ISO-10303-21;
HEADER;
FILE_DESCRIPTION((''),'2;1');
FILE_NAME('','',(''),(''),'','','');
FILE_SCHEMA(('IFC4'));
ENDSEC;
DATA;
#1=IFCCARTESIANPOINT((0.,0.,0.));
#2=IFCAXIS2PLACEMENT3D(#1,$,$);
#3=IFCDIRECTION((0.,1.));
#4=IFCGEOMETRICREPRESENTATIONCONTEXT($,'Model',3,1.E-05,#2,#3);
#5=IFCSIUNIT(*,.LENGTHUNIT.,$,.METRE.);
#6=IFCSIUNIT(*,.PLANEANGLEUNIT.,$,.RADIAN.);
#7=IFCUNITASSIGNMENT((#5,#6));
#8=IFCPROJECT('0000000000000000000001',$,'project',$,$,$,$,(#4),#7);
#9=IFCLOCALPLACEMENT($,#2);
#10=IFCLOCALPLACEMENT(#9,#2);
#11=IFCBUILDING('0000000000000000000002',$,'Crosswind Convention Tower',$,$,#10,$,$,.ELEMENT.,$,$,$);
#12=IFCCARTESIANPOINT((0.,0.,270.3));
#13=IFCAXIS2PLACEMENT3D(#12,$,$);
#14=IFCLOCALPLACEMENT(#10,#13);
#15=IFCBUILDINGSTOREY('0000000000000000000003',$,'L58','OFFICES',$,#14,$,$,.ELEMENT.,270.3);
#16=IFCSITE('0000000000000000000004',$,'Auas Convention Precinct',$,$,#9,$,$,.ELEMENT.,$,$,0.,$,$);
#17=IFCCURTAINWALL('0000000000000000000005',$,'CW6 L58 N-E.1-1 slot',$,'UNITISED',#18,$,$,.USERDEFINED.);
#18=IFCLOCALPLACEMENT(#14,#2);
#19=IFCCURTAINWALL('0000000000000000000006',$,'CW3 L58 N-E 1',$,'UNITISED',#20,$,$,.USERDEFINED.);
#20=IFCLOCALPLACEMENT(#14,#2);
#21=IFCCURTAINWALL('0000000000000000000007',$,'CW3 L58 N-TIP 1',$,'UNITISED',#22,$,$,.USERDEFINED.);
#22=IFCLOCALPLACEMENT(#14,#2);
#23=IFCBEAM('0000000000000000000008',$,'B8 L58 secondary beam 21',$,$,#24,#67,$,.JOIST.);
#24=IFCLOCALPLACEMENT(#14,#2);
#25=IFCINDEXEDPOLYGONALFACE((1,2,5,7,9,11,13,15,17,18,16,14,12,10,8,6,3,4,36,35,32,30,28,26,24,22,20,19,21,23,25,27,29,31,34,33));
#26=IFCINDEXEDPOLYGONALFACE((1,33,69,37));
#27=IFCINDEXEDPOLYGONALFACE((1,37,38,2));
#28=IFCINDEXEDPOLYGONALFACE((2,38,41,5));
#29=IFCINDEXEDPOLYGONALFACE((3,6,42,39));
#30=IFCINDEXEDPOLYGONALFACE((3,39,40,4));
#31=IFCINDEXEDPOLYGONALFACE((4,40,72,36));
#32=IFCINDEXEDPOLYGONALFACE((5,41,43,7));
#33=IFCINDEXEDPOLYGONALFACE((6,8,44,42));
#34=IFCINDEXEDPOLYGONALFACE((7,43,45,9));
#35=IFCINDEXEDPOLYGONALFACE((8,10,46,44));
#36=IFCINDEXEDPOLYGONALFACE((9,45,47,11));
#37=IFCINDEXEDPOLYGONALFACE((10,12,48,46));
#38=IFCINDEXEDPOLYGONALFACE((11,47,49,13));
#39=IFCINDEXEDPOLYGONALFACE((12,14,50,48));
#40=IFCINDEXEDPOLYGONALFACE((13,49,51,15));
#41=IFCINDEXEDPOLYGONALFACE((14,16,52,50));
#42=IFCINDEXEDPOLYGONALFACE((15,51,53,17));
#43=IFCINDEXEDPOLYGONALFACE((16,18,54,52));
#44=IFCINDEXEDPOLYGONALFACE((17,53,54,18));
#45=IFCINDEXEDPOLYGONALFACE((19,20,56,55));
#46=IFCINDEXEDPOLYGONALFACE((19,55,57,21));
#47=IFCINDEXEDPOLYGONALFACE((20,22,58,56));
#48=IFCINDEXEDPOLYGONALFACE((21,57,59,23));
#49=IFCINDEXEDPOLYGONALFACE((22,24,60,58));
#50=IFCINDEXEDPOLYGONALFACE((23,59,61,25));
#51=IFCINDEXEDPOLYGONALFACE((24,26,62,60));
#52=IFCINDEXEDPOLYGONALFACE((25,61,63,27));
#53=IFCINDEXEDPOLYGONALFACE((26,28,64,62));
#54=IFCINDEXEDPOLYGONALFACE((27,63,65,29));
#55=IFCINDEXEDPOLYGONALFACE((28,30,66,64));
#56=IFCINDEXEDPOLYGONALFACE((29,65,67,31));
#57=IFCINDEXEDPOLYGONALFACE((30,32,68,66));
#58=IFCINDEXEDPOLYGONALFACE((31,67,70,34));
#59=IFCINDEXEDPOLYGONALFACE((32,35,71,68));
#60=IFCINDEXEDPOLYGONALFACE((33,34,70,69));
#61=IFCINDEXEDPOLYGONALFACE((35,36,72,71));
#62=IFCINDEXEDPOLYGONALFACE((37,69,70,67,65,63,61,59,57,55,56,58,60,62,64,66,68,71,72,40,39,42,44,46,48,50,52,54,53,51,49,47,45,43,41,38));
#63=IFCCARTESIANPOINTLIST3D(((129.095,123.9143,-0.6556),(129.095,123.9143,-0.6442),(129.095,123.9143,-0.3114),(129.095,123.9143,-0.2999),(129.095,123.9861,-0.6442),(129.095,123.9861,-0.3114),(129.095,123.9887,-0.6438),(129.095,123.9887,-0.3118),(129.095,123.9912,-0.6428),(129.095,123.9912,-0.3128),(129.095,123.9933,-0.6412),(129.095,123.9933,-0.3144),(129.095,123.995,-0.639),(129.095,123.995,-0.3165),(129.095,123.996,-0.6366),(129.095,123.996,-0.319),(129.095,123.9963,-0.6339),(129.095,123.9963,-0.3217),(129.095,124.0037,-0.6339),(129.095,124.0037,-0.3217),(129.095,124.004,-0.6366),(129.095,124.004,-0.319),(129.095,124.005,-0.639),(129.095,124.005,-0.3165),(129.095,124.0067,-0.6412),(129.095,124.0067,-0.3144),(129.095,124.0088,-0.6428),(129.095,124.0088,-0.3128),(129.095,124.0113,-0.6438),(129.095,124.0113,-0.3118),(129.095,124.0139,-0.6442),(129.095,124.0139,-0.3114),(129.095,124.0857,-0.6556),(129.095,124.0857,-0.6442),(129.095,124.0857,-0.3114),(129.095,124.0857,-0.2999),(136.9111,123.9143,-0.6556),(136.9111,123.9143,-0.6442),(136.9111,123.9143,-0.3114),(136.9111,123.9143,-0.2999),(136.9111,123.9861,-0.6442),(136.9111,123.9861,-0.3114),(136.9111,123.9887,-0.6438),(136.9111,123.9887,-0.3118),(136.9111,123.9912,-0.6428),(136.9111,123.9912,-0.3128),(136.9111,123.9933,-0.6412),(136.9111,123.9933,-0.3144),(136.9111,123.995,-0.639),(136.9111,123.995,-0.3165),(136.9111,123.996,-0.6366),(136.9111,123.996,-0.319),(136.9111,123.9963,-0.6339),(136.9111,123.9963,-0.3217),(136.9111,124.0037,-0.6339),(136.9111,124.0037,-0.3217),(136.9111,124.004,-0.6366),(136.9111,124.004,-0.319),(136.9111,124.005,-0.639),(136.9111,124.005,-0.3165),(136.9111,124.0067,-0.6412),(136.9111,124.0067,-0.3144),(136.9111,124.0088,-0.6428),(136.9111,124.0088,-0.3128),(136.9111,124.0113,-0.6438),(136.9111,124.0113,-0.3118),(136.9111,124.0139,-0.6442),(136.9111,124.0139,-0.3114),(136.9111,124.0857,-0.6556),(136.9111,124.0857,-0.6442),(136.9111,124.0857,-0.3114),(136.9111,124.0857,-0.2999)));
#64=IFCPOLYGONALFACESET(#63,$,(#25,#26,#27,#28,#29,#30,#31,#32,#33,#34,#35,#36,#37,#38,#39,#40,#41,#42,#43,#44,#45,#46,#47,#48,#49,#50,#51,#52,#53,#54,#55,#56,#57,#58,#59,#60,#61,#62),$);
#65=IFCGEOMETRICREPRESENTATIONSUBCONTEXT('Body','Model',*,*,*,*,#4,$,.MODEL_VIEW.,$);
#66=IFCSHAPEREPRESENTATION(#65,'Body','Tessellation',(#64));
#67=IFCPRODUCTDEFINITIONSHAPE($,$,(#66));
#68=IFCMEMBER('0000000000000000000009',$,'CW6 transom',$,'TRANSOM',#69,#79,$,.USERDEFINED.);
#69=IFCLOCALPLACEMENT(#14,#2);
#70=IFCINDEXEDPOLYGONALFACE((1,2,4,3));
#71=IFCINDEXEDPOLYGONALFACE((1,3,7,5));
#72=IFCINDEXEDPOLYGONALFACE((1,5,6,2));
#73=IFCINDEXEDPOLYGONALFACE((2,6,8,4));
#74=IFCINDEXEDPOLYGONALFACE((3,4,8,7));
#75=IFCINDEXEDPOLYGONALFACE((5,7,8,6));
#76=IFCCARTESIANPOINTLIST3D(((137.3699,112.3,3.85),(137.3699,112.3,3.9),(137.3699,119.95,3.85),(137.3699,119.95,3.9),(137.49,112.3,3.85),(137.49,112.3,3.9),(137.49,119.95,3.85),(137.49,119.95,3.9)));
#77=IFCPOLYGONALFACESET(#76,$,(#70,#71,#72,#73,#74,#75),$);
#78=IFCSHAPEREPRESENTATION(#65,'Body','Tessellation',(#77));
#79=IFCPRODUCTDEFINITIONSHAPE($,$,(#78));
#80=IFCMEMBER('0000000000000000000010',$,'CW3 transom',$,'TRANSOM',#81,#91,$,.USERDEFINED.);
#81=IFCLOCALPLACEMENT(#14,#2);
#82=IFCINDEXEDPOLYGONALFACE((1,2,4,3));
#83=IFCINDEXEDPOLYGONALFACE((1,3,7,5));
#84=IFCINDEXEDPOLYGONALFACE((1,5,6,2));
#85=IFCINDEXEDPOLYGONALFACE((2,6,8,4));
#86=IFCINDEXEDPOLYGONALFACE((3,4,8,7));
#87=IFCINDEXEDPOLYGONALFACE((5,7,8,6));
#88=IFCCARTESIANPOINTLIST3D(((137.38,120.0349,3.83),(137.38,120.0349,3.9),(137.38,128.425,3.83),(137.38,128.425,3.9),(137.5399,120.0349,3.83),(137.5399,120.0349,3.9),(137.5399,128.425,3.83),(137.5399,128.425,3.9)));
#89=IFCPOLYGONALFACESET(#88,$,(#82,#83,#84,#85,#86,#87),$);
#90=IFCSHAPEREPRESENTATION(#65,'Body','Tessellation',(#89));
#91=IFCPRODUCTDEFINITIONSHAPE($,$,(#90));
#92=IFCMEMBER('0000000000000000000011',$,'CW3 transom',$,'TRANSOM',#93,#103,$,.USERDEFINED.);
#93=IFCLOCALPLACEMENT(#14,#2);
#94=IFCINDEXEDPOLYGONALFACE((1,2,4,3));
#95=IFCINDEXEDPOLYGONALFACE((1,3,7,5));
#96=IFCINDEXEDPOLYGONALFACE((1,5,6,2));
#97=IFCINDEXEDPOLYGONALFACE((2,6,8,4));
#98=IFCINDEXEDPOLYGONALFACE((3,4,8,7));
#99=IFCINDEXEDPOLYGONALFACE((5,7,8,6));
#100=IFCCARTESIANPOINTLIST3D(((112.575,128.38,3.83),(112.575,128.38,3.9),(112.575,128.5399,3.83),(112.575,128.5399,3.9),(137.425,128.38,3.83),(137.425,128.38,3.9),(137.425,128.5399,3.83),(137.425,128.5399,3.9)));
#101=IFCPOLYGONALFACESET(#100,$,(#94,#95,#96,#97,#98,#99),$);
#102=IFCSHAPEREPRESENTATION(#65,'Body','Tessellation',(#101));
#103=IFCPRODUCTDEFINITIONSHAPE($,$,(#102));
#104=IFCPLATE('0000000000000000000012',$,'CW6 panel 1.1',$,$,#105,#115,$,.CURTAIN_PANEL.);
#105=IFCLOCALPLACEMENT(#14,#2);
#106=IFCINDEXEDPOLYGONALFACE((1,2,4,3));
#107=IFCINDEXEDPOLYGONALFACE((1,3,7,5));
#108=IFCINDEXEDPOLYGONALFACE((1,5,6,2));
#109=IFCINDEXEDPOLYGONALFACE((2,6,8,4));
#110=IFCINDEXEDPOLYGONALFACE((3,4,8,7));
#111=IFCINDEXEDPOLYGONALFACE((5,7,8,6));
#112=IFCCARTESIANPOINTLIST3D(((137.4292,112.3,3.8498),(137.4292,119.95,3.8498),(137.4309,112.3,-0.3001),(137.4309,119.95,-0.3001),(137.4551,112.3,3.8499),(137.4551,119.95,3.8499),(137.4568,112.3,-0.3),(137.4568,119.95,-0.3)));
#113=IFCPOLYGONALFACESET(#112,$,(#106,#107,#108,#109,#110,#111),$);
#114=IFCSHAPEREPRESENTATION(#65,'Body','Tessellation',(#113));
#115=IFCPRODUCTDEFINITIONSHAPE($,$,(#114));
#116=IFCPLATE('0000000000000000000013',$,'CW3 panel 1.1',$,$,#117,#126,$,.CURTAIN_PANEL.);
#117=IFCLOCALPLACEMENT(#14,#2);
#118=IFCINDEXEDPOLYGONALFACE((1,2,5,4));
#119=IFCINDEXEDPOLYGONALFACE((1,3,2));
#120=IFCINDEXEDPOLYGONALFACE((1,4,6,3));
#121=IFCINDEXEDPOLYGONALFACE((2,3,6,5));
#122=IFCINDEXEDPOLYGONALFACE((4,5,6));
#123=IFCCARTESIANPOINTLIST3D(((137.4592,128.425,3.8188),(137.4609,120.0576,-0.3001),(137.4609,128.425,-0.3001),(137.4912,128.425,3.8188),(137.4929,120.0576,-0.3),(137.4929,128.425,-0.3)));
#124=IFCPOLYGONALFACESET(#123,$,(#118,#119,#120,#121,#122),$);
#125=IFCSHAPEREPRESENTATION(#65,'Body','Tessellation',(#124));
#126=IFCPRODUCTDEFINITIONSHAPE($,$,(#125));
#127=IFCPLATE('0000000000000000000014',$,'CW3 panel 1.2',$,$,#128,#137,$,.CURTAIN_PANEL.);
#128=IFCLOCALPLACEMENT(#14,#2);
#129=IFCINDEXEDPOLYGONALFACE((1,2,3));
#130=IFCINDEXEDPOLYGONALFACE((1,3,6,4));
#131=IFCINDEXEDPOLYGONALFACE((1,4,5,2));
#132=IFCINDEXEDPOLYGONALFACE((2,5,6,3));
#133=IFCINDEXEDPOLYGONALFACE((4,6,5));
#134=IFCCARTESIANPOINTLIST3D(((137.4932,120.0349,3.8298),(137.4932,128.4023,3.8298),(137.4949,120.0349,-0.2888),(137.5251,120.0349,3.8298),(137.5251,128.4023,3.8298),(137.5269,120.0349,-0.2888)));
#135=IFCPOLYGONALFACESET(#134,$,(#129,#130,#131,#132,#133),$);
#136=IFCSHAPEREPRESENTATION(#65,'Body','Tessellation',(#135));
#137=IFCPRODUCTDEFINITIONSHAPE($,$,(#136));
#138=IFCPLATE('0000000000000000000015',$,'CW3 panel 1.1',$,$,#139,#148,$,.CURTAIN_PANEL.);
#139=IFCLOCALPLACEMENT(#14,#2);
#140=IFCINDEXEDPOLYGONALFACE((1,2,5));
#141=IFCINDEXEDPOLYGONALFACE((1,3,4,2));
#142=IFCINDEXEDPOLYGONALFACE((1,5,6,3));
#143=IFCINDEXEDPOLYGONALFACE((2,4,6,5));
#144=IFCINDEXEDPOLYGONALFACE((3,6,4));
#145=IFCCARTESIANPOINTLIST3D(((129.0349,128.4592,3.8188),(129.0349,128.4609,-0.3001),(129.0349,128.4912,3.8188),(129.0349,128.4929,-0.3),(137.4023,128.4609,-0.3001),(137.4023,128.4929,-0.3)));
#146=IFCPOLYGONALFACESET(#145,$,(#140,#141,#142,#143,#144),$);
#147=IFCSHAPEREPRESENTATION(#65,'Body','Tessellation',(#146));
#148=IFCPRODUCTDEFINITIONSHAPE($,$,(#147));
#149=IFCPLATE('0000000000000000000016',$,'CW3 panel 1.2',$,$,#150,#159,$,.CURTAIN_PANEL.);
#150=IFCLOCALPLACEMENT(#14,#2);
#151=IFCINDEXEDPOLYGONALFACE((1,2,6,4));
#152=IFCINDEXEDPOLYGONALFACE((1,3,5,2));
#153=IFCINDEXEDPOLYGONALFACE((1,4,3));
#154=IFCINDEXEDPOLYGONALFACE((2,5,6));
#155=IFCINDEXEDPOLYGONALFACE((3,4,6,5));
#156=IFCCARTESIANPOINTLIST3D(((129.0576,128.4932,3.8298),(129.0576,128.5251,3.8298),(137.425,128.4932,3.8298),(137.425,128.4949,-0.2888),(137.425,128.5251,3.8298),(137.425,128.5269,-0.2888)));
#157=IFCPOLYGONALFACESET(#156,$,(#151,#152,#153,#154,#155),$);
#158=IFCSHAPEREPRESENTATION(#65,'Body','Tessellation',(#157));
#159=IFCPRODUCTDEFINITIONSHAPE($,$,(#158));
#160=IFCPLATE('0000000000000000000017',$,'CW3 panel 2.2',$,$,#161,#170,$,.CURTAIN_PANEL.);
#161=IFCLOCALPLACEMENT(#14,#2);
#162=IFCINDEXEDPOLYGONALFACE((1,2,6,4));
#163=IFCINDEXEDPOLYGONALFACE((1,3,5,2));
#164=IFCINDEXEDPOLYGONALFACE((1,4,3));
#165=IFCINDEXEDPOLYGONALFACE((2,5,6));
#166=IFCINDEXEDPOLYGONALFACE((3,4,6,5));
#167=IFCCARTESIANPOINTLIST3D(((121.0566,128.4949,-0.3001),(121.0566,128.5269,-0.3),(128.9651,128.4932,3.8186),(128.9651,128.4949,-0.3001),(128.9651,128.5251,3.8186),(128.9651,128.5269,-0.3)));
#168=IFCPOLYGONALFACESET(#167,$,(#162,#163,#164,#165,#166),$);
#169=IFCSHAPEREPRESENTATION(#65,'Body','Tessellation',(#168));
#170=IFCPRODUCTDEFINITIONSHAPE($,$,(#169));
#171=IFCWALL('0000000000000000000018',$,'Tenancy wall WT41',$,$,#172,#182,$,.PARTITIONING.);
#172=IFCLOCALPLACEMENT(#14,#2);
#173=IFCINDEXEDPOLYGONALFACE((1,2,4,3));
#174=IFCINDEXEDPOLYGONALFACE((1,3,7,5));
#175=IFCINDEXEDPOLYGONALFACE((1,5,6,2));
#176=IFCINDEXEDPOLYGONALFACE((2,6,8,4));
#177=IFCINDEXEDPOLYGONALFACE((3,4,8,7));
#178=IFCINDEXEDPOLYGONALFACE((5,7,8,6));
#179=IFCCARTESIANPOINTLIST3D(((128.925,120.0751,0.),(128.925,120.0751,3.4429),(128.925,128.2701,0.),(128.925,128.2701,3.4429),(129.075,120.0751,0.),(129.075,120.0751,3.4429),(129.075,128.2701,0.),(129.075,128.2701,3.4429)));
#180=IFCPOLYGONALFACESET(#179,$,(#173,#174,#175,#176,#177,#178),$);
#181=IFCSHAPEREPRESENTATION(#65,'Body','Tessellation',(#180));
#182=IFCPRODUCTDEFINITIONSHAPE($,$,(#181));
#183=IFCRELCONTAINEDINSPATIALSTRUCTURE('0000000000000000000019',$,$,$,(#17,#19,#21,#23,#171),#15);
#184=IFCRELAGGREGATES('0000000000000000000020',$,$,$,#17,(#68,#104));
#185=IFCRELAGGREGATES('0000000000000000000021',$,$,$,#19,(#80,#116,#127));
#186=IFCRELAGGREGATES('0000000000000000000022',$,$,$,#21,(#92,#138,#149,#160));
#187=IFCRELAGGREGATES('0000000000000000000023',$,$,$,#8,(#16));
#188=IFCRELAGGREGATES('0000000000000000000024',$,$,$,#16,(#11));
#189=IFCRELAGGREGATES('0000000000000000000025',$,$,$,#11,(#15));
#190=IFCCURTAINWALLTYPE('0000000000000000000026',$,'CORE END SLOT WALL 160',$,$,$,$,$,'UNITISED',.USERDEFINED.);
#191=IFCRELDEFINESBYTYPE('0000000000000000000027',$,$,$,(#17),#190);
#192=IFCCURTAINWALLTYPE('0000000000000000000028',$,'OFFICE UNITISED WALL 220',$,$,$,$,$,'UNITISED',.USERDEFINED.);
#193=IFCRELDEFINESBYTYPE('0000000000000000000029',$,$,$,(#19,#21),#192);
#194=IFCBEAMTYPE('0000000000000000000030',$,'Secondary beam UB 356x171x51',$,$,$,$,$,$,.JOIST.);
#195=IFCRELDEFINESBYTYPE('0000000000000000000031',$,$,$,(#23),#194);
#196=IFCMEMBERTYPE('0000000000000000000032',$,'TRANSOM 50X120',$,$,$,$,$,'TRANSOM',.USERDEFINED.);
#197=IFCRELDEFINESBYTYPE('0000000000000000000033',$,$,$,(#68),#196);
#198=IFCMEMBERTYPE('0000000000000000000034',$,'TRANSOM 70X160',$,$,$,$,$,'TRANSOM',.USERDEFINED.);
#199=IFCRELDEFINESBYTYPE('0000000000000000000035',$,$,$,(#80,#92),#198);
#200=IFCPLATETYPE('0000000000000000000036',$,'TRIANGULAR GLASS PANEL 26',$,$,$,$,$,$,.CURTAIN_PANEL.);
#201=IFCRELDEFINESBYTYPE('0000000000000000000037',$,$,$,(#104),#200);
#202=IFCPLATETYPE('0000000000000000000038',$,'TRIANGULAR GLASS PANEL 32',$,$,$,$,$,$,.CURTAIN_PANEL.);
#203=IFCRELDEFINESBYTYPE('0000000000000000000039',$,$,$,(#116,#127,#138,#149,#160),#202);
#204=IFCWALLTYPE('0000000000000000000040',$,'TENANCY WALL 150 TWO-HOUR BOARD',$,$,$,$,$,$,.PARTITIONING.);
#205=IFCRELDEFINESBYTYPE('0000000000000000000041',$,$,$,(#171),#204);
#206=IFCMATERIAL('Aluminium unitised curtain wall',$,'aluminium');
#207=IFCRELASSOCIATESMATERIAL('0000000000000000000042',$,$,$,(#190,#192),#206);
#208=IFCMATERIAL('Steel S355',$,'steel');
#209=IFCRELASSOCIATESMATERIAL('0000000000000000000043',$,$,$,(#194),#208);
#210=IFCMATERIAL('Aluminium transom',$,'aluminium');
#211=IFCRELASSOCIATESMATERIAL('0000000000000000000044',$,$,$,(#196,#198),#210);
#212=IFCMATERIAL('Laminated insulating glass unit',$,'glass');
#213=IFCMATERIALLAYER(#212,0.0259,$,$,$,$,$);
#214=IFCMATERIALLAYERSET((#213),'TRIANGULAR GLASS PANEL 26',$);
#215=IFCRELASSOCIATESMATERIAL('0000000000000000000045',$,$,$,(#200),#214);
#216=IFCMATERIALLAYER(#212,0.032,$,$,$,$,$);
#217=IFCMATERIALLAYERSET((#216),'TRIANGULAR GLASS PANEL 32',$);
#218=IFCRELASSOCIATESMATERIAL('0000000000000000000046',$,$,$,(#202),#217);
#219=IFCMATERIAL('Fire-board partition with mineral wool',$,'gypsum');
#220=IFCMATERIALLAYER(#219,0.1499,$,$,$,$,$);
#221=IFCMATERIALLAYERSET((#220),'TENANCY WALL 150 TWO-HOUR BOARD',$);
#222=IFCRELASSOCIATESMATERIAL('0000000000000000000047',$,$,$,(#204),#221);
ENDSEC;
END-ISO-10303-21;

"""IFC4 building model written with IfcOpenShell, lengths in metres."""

from ifc_helpers import new_model, si_unit, direction, frame, frame_2d, origin, origin_2d, place, context, subcontext, project, spatial, polyline, rectangle, i_section, outline, extrude, material, layer, layer_set, material_profile, profile_set, type_object, element, aggregate, save


model = new_model("IFC4")

# Units and contexts
model_context = context("Model", 3, precision=1e-05, world=origin(), true_north=direction((0.0, 1.0)))
body_context = subcontext(model_context, "Body", "Model", "MODEL_VIEW")
ifc_project = project(units=[si_unit("LENGTHUNIT", "METRE"), si_unit("PLANEANGLEUNIT", "RADIAN")], contexts=[model_context])

# Site, building, storey
site_placement = place(None, origin())
site = spatial("IfcSite", under=ifc_project, at=site_placement, Name="Auas Convention Precinct", CompositionType="ELEMENT", RefElevation=0.0)
building_placement = place(site_placement, origin())
building = spatial("IfcBuilding", under=site, at=building_placement, Name="Crosswind Convention Tower", CompositionType="ELEMENT")
storey_placement = place(building_placement, frame((0.0, 0.0, 270.3)))
storey = spatial("IfcBuildingStorey", under=building, at=storey_placement, Name="L58", Description="OFFICES", CompositionType="ELEMENT", Elevation=270.3)

# Shared definitions
ifc_material_1 = material(Name="Steel S355", Category="steel")

# Curtain walls
ifc_material_2 = material(Name="Aluminium unitised curtain wall", Category="aluminium")
curtain_wall_type_1 = type_object("IfcCurtainWallType", Name="CORE END SLOT WALL 160", ElementType="UNITISED", PredefinedType="USERDEFINED", material=ifc_material_2)
curtain_wall_1_placement = place(storey_placement, origin())
curtain_wall_1 = element("IfcCurtainWall", 1, at=curtain_wall_1_placement, inside=storey, type_object=curtain_wall_type_1, Name="CW6 L58 N-E.1-1 slot", ObjectType="UNITISED", PredefinedType="USERDEFINED")
curtain_wall_type_2 = type_object("IfcCurtainWallType", Name="OFFICE UNITISED WALL 220", ElementType="UNITISED", PredefinedType="USERDEFINED", material=ifc_material_2)
curtain_wall_2_placement = place(storey_placement, origin())
curtain_wall_2 = element("IfcCurtainWall", 2, at=curtain_wall_2_placement, inside=storey, type_object=curtain_wall_type_2, Name="CW3 L58 N-E 1", ObjectType="UNITISED", PredefinedType="USERDEFINED")

# Curtain wall
curtain_wall_3_placement = place(storey_placement, origin())
curtain_wall_3 = element("IfcCurtainWall", 3, at=curtain_wall_3_placement, inside=storey, type_object=curtain_wall_type_2, Name="CW3 L58 N-TIP 1", ObjectType="UNITISED", PredefinedType="USERDEFINED")

# Beam
ifc_material_profile_1 = material_profile(ifc_material_1, i_section(OverallWidth=0.1714, OverallDepth=0.3557, WebThickness=0.0073, FlangeThickness=0.0115, FilletRadius=0.0103, at=origin_2d()), Name="UB 356x171x51")
ifc_profile_set_1 = profile_set([ifc_material_profile_1], Name="Steel S355")
beam_type_1 = type_object("IfcBeamType", Name="Secondary beam UB 356x171x51", PredefinedType="JOIST", material=ifc_profile_set_1)
for number, where, z_axis, x_axis, name in (
    (4, (129.095, 124.0, -0.4778), (1.0, 0.0, 0.0), (0.0, 1.0, 0.0), "B8 L58 secondary beam 21"),
):
    element("IfcBeam", number, at=place(storey_placement, frame(where, z_axis=z_axis, x_axis=x_axis)), inside=storey, type_object=beam_type_1, Name=name, PredefinedType="JOIST", context=body_context, shape_type="SweptSolid", body=[
        extrude(i_section(OverallWidth=0.1714, OverallDepth=0.3557, WebThickness=0.0073, FlangeThickness=0.0115, FilletRadius=0.0103, at=origin_2d()), origin(), (0.0, 0.0, 1.0), 7.8162),
    ])

# Members
ifc_material_3 = material(Name="Aluminium transom", Category="aluminium")
ifc_material_profile_2 = material_profile(ifc_material_3, rectangle(XDim=0.1201, YDim=0.05, at=origin_2d()), Name="AL 120X50")
ifc_profile_set_2 = profile_set([ifc_material_profile_2], Name="Aluminium transom")
member_type_1 = type_object("IfcMemberType", Name="TRANSOM 50X120", ElementType="TRANSOM", PredefinedType="USERDEFINED", material=ifc_profile_set_2)
member_1_placement = place(storey_placement, frame((137.4299, 112.3, 3.875), z_axis=(0.0, 1.0, 0.0), x_axis=(-1.0, 0.0, 0.0)))
member_1 = element("IfcMember", 5, at=member_1_placement, type_object=member_type_1, Name="CW6 transom", ObjectType="TRANSOM", PredefinedType="USERDEFINED", context=body_context, shape_type="SweptSolid", body=[
    extrude(rectangle(XDim=0.1201, YDim=0.05, at=origin_2d()), origin(), (0.0, 0.0, 1.0), 7.6499),
])
ifc_material_profile_3 = material_profile(ifc_material_3, rectangle(XDim=0.1599, YDim=0.0701, at=origin_2d()), Name="AL 160X70")
ifc_profile_set_3 = profile_set([ifc_material_profile_3], Name="Aluminium transom")
member_type_2 = type_object("IfcMemberType", Name="TRANSOM 70X160", ElementType="TRANSOM", PredefinedType="USERDEFINED", material=ifc_profile_set_3)
member_2_placement = place(storey_placement, frame((137.46, 120.0349, 3.865), z_axis=(0.0, 1.0, 0.0), x_axis=(-1.0, 0.0, 0.0)))
member_2 = element("IfcMember", 6, at=member_2_placement, type_object=member_type_2, Name="CW3 transom", ObjectType="TRANSOM", PredefinedType="USERDEFINED", context=body_context, shape_type="SweptSolid", body=[
    extrude(rectangle(XDim=0.1599, YDim=0.0701, at=origin_2d()), origin(), (0.0, 0.0, 1.0), 8.3901),
])
member_3_placement = place(storey_placement, frame((137.425, 128.46, 3.865), z_axis=(-1.0, 0.0, 0.0), x_axis=(0.0, -1.0, 0.0)))
member_3 = element("IfcMember", 7, at=member_3_placement, type_object=member_type_2, Name="CW3 transom", ObjectType="TRANSOM", PredefinedType="USERDEFINED", context=body_context, shape_type="SweptSolid", body=[
    extrude(rectangle(XDim=0.1599, YDim=0.0701, at=origin_2d()), origin(), (0.0, 0.0, 1.0), 24.8501),
])

# Plates
ifc_material_4 = material(Name="Laminated insulating glass unit", Category="glass")
ifc_layer_1 = layer(ifc_material_4, 0.0259)
ifc_layer_set_1 = layer_set([ifc_layer_1], Name="TRIANGULAR GLASS PANEL 26")
plate_type_1 = type_object("IfcPlateType", Name="TRIANGULAR GLASS PANEL 26", PredefinedType="CURTAIN_PANEL", material=ifc_layer_set_1)
plate_1_placement = place(storey_placement, frame((137.4568, 112.3, -0.3), z_axis=(1.0, 0.0, 0.000412), x_axis=(0.0, 1.0, 0.0)))
plate_1 = element("IfcPlate", 8, at=plate_1_placement, type_object=plate_type_1, Name="CW6 panel 1.1", PredefinedType="CURTAIN_PANEL", context=body_context, shape_type="SweptSolid", body=[
    extrude(outline(polyline([(0.0, 0.0), (7.6499, 0.0), (7.6499, 4.1499), (0.0, 4.1499), (0.0, 0.0)])), origin(), (0.0, 0.0, -1.0), 0.0259),
])
aggregate(curtain_wall_1, [member_1, plate_1])
ifc_layer_2 = layer(ifc_material_4, 0.032)
ifc_layer_set_2 = layer_set([ifc_layer_2], Name="TRIANGULAR GLASS PANEL 32")
plate_type_2 = type_object("IfcPlateType", Name="TRIANGULAR GLASS PANEL 32", PredefinedType="CURTAIN_PANEL", material=ifc_layer_set_2)
plate_2_placement = place(storey_placement, frame((137.4929, 128.425, -0.3), z_axis=(1.0, 0.0, 0.000415), x_axis=(-0.000415, 0.0, 1.0)))
plate_2 = element("IfcPlate", 9, at=plate_2_placement, type_object=plate_type_2, Name="CW3 panel 1.1", PredefinedType="CURTAIN_PANEL", context=body_context, shape_type="SweptSolid", body=[
    extrude(outline(polyline([(0.0, 0.0), (4.1189, 0.0), (0.0, 8.3674), (0.0, 0.0)])), origin(), (0.0, 0.0, -1.0), 0.032),
])
plate_3_placement = place(storey_placement, frame((137.5251, 120.0349, 3.8298), z_axis=(1.0, 0.0, 0.000415), x_axis=(0.000415, 0.0, -1.0)))
plate_3 = element("IfcPlate", 10, at=plate_3_placement, type_object=plate_type_2, Name="CW3 panel 1.2", PredefinedType="CURTAIN_PANEL", context=body_context, shape_type="SweptSolid", body=[
    extrude(outline(polyline([(0.0, 0.0), (4.1187, 0.0), (0.0, 8.3674), (0.0, 0.0)])), origin(), (0.0, 0.0, -1.0), 0.032),
])
plate_4_placement = place(storey_placement, frame((129.0349, 128.4929, -0.3), z_axis=(0.0, 1.0, 0.000415), x_axis=(0.0, -0.000415, 1.0)))
plate_4 = element("IfcPlate", 11, at=plate_4_placement, type_object=plate_type_2, Name="CW3 panel 1.1", PredefinedType="CURTAIN_PANEL", context=body_context, shape_type="SweptSolid", body=[
    extrude(outline(polyline([(0.0, 0.0), (4.1189, 0.0), (0.0, 8.3674), (0.0, 0.0)])), origin(), (0.0, 0.0, -1.0), 0.032),
])
plate_5_placement = place(storey_placement, frame((137.425, 128.5251, 3.8298), z_axis=(0.0, 1.0, 0.000415), x_axis=(0.0, 0.000415, -1.0)))
plate_5 = element("IfcPlate", 12, at=plate_5_placement, type_object=plate_type_2, Name="CW3 panel 1.2", PredefinedType="CURTAIN_PANEL", context=body_context, shape_type="SweptSolid", body=[
    extrude(outline(polyline([(0.0, 0.0), (4.1187, 0.0), (0.0, 8.3674), (0.0, 0.0)])), origin(), (0.0, 0.0, -1.0), 0.032),
])
plate_6_placement = place(storey_placement, frame((128.9651, 128.5269, -0.3), z_axis=(0.0, 1.0, 0.000415), x_axis=(-1.0, 0.0, 0.0)))
plate_6 = element("IfcPlate", 13, at=plate_6_placement, type_object=plate_type_2, Name="CW3 panel 2.2", PredefinedType="CURTAIN_PANEL", context=body_context, shape_type="SweptSolid", body=[
    extrude(outline(polyline([(0.0, 0.0), (7.9084, 0.0), (0.0, 4.1187), (0.0, 0.0)])), origin(), (0.0, 0.0, -1.0), 0.032),
])

# Wall
ifc_material_5 = material(Name="Fire-board partition with mineral wool", Category="gypsum")
ifc_layer_3 = layer(ifc_material_5, 0.1499)
ifc_layer_set_3 = layer_set([ifc_layer_3], Name="TENANCY WALL 150 TWO-HOUR BOARD")
wall_type = type_object("IfcWallType", Name="TENANCY WALL 150 TWO-HOUR BOARD", PredefinedType="PARTITIONING", material=ifc_layer_set_3)
wall_placement = place(storey_placement, frame((129.0, 120.075, 0.0), z_axis=(0.0, 0.0, 1.0), x_axis=(0.0, 1.0, 0.0)))
element("IfcWall", 14, at=wall_placement, inside=storey, type_object=wall_type, Name="Tenancy wall WT41", PredefinedType="PARTITIONING", context=body_context, shape_type="SweptSolid", body=[
    extrude(rectangle(XDim=8.1951, YDim=0.1499, at=frame_2d((4.0977, 0.0))), origin(), (0.0, 0.0, 1.0), 3.4429),
])

aggregate(curtain_wall_2, [member_2, plate_2, plate_3])
aggregate(curtain_wall_3, [member_3, plate_4, plate_5, plate_6])

save(model, "model.ifc")
